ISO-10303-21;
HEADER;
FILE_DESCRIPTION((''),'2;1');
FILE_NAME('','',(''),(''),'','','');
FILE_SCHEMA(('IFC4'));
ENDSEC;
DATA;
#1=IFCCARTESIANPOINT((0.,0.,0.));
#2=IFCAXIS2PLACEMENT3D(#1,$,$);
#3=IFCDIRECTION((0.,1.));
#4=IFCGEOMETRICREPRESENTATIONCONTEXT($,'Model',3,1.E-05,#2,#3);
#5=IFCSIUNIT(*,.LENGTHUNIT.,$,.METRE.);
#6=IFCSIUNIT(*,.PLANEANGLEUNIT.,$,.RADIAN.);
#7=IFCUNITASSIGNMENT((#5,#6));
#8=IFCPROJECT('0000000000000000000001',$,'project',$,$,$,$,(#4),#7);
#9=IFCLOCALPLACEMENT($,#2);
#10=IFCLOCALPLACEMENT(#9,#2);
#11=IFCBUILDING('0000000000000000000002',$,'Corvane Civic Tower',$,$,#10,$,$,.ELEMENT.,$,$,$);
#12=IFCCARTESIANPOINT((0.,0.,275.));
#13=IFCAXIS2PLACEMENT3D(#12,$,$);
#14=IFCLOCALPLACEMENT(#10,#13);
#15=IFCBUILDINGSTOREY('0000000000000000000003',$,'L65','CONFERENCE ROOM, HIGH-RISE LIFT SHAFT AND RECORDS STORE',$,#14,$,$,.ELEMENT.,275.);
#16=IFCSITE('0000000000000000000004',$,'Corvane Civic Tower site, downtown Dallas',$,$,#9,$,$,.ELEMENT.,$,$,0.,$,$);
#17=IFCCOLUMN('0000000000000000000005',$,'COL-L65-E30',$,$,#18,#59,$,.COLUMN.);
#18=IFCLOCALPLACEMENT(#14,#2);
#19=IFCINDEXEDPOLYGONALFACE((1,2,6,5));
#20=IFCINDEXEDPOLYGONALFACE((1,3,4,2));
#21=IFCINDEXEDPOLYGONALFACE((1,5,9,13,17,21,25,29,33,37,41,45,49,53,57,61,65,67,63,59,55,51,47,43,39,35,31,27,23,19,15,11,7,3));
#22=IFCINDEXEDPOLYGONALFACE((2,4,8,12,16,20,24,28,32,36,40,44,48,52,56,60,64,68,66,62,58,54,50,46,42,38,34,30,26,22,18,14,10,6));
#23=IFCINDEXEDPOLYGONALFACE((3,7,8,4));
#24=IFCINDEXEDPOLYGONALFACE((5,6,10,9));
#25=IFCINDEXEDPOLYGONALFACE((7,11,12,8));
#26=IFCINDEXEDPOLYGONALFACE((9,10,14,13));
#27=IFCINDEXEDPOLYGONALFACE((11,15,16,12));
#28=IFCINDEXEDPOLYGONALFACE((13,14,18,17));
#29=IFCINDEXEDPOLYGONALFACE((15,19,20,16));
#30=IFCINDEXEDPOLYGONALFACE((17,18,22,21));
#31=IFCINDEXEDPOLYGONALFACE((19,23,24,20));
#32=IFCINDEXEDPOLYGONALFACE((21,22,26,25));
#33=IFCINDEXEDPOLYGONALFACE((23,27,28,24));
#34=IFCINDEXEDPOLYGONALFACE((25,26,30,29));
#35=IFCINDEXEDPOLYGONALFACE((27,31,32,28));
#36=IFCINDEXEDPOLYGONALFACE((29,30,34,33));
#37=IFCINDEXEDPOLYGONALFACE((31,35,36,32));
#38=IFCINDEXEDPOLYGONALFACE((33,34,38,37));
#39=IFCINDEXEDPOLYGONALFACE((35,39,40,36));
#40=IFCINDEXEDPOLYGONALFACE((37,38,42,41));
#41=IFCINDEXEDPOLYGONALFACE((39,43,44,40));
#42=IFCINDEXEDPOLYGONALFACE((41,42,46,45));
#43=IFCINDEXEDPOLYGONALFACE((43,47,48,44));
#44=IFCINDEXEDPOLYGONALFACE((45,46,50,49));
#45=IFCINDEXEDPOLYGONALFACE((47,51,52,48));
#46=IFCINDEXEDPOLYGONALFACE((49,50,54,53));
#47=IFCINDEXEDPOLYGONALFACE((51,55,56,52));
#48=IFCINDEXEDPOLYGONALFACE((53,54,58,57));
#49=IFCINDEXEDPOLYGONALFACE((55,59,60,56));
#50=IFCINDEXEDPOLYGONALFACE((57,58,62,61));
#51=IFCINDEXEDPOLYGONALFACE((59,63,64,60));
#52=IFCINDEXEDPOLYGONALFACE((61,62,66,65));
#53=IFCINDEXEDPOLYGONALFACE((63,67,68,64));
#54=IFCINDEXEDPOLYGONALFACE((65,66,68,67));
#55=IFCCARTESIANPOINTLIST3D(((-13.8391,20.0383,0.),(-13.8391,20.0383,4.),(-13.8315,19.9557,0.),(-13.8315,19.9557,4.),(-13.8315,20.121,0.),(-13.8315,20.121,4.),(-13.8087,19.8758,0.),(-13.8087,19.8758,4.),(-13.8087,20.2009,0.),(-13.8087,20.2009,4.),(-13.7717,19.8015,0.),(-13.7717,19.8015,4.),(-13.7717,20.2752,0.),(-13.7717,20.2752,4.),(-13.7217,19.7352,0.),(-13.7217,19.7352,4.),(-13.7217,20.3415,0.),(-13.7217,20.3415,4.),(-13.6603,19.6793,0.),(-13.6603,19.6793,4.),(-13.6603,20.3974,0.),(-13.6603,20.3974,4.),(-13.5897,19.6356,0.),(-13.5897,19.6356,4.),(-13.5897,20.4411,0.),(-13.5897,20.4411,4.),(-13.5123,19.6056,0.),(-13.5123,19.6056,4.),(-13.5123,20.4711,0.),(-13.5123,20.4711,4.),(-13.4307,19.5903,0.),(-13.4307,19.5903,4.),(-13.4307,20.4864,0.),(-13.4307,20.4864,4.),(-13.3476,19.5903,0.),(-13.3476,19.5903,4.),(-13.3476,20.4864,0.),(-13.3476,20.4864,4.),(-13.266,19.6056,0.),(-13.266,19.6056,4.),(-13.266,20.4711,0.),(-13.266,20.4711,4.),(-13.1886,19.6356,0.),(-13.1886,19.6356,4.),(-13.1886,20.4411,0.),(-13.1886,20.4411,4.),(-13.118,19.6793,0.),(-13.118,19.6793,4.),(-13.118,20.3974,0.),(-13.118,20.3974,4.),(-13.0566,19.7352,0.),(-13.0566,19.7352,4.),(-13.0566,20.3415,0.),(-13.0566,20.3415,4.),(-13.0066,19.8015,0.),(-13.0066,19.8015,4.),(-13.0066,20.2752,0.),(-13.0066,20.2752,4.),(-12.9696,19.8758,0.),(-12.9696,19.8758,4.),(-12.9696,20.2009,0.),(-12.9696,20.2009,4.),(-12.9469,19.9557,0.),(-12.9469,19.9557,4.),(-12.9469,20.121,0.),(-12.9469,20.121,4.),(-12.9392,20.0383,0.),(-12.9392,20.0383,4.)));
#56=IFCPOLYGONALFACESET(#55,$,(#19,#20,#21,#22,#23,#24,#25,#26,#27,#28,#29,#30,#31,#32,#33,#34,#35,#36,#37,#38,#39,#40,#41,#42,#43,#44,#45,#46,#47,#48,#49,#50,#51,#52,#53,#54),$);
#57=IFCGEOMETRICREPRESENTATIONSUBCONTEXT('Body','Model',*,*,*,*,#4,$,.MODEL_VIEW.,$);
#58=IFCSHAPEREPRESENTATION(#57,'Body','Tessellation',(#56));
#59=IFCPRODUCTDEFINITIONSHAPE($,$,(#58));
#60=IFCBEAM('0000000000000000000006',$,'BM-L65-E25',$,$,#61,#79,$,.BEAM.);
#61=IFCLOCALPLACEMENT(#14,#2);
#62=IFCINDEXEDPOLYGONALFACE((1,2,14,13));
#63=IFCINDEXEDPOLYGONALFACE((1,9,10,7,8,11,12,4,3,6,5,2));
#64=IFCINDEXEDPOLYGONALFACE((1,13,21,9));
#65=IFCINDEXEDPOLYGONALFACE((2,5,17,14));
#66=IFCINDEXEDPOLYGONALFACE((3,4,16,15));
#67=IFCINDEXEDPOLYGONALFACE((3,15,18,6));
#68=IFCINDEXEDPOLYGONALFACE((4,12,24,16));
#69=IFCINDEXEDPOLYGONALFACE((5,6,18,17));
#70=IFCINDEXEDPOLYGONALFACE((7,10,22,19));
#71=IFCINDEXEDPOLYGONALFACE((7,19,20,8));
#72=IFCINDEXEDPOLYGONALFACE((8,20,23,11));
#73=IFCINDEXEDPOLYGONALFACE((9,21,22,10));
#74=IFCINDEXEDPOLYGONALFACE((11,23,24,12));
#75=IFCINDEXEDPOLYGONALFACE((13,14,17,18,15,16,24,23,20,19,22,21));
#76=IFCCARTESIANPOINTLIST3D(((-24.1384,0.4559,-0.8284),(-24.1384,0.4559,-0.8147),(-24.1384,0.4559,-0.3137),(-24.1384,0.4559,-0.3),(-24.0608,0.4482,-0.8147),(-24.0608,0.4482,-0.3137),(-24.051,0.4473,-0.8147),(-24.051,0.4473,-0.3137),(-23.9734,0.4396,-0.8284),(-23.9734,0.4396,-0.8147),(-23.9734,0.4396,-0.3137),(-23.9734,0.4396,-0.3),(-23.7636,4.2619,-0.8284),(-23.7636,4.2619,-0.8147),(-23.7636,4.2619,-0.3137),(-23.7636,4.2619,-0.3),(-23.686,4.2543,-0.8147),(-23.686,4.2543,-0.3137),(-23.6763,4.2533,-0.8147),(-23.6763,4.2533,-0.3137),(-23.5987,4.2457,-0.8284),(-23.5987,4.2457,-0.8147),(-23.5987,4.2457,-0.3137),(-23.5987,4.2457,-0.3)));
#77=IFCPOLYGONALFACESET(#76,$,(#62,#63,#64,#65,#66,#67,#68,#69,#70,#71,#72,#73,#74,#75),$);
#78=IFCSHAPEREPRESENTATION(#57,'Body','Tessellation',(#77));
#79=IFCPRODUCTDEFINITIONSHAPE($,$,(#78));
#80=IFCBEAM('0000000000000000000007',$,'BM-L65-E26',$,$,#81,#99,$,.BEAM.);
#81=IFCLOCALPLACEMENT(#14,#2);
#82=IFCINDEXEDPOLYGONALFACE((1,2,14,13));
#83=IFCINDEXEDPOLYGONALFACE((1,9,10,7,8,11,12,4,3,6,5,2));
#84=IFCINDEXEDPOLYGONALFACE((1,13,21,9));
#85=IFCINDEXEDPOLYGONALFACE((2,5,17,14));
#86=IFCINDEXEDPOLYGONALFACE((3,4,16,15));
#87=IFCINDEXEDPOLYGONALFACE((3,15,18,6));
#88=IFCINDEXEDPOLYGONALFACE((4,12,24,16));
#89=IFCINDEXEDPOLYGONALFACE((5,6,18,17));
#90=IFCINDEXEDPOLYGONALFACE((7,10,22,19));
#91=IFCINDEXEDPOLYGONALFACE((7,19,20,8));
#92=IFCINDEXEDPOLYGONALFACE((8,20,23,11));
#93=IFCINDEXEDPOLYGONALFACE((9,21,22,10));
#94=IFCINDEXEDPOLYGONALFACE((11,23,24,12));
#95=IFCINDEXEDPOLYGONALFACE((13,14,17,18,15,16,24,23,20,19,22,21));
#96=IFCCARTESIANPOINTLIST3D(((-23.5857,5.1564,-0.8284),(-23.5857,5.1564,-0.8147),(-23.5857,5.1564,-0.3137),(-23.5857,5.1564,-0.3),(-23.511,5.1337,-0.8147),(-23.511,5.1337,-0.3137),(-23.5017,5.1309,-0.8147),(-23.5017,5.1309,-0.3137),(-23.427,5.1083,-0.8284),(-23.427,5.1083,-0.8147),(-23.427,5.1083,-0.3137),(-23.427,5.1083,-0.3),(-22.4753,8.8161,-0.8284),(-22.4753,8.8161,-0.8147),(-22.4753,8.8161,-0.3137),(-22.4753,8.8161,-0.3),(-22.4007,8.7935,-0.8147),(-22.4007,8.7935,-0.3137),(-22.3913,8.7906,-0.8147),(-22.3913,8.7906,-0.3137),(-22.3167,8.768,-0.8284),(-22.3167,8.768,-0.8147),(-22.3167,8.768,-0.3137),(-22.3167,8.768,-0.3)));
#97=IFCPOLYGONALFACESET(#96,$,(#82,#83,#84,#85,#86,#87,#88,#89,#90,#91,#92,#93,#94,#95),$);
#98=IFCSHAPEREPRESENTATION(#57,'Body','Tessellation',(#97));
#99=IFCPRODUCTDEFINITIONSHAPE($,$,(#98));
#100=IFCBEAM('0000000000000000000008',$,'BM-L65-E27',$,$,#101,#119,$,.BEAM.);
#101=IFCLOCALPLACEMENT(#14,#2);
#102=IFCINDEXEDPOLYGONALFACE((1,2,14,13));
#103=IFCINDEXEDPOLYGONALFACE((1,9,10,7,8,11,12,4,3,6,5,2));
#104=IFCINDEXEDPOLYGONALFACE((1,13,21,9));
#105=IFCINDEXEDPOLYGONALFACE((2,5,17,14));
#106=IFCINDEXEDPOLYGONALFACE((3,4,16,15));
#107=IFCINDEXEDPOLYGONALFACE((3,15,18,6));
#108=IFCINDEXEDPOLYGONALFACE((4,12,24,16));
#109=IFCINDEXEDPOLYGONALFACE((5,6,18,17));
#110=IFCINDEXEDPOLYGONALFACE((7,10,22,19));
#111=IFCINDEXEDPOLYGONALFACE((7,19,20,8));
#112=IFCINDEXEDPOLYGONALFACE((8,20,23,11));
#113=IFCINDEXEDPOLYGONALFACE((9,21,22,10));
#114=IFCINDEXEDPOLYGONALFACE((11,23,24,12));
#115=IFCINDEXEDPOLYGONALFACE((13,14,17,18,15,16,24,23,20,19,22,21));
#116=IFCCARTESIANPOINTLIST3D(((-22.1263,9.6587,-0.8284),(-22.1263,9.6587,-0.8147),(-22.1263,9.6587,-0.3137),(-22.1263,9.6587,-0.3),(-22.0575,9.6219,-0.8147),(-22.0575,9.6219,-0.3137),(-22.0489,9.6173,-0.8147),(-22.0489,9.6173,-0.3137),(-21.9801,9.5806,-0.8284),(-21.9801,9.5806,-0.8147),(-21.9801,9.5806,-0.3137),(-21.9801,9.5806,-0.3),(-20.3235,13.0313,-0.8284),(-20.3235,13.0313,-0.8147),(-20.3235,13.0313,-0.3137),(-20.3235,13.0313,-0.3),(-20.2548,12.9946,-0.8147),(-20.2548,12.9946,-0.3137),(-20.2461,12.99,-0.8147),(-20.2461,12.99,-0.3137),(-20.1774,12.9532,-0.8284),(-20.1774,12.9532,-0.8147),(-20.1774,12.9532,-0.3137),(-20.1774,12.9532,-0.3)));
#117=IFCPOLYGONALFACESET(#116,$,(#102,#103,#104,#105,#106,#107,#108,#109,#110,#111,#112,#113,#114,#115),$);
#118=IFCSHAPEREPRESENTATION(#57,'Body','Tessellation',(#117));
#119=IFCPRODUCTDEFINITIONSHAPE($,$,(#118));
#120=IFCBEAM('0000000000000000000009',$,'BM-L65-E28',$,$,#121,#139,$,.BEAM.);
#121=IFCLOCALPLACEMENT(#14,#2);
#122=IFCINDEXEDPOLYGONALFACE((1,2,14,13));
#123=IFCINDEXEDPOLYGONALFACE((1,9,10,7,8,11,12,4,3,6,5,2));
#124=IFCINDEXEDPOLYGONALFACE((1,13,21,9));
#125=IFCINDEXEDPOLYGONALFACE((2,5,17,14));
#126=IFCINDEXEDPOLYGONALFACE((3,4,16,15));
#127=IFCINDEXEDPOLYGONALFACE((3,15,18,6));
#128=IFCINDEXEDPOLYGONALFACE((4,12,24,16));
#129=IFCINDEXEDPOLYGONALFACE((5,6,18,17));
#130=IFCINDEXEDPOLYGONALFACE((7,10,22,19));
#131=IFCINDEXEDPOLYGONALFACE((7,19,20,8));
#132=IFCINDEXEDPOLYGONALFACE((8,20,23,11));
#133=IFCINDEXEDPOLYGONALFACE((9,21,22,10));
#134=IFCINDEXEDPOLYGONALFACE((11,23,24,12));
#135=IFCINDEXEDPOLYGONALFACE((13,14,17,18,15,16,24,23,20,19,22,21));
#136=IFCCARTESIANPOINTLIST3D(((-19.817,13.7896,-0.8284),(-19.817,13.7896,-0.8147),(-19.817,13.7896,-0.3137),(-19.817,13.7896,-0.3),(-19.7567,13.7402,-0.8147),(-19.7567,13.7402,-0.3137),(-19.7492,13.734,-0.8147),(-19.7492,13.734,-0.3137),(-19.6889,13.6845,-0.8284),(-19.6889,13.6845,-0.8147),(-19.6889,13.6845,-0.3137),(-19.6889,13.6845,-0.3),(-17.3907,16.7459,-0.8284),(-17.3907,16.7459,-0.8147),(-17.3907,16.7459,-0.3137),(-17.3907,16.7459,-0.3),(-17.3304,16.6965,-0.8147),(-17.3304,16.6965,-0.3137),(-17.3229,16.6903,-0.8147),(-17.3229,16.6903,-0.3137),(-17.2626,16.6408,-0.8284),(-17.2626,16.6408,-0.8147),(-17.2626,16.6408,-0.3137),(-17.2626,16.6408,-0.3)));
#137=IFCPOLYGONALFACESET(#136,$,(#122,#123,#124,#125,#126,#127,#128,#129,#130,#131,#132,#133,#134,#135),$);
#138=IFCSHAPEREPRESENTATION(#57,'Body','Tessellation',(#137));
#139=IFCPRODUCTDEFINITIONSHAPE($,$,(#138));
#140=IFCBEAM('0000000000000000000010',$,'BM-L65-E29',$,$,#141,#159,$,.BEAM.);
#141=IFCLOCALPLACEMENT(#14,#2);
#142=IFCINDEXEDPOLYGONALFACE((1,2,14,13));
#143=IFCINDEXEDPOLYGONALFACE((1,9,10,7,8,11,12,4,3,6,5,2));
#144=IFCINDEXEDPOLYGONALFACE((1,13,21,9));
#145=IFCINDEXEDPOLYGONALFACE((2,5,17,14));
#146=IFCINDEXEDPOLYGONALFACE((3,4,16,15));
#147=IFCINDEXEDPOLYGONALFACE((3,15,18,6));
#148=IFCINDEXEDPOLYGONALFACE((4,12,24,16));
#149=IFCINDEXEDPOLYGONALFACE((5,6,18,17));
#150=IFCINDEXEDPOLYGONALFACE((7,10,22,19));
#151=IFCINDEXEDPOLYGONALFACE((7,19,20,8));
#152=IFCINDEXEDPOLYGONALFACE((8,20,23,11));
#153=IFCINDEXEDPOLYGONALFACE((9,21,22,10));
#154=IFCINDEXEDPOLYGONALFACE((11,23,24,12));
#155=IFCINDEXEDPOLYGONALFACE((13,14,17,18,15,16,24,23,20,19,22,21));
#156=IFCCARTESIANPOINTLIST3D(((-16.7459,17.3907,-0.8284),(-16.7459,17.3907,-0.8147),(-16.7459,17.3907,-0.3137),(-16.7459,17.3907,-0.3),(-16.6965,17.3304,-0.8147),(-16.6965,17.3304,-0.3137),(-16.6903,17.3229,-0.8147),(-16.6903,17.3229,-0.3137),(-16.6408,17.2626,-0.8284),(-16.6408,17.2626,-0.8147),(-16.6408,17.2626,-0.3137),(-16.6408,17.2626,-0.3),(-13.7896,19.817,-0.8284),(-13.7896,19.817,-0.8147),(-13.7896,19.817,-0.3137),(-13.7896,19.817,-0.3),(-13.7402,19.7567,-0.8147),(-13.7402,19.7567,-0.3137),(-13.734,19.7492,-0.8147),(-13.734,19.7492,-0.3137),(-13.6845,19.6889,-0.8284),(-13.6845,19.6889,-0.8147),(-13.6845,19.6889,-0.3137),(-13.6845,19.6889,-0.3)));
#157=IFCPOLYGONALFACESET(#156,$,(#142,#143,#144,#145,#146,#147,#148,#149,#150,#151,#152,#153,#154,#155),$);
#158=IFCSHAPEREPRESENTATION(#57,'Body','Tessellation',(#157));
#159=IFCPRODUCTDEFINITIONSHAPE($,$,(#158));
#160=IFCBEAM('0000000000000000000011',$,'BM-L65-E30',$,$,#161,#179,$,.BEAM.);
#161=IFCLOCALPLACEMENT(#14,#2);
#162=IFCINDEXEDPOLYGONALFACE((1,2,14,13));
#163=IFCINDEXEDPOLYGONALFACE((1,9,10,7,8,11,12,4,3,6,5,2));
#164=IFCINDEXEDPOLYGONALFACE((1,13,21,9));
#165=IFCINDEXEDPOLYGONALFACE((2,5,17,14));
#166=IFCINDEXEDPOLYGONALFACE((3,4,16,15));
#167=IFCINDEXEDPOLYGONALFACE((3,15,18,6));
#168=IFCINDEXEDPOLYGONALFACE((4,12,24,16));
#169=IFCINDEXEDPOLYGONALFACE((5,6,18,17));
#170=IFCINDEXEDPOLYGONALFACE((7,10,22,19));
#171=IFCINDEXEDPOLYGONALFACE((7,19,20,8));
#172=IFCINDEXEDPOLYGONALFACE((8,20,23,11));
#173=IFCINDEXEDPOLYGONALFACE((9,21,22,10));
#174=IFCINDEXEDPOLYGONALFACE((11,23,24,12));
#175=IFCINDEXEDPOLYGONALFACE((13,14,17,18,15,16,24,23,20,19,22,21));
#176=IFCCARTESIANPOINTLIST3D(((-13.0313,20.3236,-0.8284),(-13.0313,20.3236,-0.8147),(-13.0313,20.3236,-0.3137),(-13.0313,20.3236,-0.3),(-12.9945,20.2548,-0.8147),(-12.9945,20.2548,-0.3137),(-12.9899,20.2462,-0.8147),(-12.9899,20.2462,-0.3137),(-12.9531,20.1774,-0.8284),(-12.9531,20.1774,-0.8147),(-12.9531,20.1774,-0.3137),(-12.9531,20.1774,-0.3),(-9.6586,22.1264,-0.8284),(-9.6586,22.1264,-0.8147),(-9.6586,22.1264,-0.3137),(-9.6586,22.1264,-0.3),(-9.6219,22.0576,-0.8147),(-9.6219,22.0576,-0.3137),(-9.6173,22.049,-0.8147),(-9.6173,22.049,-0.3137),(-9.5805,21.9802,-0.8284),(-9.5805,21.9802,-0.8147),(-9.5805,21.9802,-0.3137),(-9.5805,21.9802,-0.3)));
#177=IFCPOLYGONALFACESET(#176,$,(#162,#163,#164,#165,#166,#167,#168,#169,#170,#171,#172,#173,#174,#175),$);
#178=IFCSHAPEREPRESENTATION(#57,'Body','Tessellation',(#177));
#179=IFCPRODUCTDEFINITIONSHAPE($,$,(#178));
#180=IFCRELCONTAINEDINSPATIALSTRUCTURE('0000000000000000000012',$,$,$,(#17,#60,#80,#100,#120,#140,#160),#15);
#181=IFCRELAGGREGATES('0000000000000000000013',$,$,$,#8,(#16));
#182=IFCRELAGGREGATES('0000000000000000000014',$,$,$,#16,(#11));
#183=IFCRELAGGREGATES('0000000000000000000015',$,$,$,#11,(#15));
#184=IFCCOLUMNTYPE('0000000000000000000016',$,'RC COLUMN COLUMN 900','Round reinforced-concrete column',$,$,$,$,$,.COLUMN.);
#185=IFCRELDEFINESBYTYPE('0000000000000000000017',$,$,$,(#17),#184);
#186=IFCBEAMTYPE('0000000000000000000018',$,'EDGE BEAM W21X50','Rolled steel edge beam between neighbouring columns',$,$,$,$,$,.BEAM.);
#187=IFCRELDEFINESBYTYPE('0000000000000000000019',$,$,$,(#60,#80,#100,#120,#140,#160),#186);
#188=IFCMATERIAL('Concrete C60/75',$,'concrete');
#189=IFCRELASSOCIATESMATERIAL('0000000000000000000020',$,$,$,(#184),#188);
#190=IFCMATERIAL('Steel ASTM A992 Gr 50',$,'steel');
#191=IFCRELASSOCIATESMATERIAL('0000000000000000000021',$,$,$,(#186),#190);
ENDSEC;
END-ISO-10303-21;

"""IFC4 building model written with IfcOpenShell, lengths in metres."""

from ifc_helpers import new_model, si_unit, direction, frame, origin, origin_2d, place, context, subcontext, project, spatial, circle, i_section, extrude, material, material_profile, profile_set, type_object, element, save


model = new_model("IFC4")

# Units and contexts
model_context = context("Model", 3, precision=1e-05, world=origin(), true_north=direction((0.0, 1.0)))
body_context = subcontext(model_context, "Body", "Model", "MODEL_VIEW")
ifc_project = project(units=[si_unit("LENGTHUNIT", "METRE"), si_unit("PLANEANGLEUNIT", "RADIAN")], contexts=[model_context])

# Site, building, storey
site_placement = place(None, origin())
site = spatial("IfcSite", under=ifc_project, at=site_placement, Name="Corvane Civic Tower site, downtown Dallas", CompositionType="ELEMENT", RefElevation=0.0)
building_placement = place(site_placement, origin())
building = spatial("IfcBuilding", under=site, at=building_placement, Name="Corvane Civic Tower", CompositionType="ELEMENT")
storey_placement = place(building_placement, frame((0.0, 0.0, 275.0)))
storey = spatial("IfcBuildingStorey", under=building, at=storey_placement, Name="L65", Description="CONFERENCE ROOM, HIGH-RISE LIFT SHAFT AND RECORDS STORE", CompositionType="ELEMENT", Elevation=275.0)

# Column
ifc_material_1 = material(Name="Concrete C60/75", Category="concrete")
ifc_material_profile_1 = material_profile(ifc_material_1, circle(Radius=0.45, at=origin_2d()), Name="COLUMN 900")
ifc_profile_set_1 = profile_set([ifc_material_profile_1], Name="Concrete C60/75")
column_type = type_object("IfcColumnType", Name="RC COLUMN COLUMN 900", Description="Round reinforced-concrete column", PredefinedType="COLUMN", material=ifc_profile_set_1)
for number, where, z_axis, x_axis, name in (
    (1, (-13.3892, 20.0383, 0.0), (0.0, 0.0, 1.0), (1.0, 0.0, 0.0), "COL-L65-E30"),
):
    element("IfcColumn", number, at=place(storey_placement, frame(where, z_axis=z_axis, x_axis=x_axis)), inside=storey, type_object=column_type, Name=name, PredefinedType="COLUMN", context=body_context, shape_type="SweptSolid", body=[
        extrude(circle(Radius=0.45, at=origin_2d()), origin(), (0.0, 0.0, 1.0), 4.0),
    ])

# Beams
ifc_material_2 = material(Name="Steel ASTM A992 Gr 50", Category="steel")
ifc_material_profile_2 = material_profile(ifc_material_2, i_section(OverallWidth=0.1658, OverallDepth=0.5283, WebThickness=0.0098, FlangeThickness=0.0137, at=origin_2d()), Name="W21X50")
ifc_profile_set_2 = profile_set([ifc_material_profile_2], Name="Steel ASTM A992 Gr 50")
beam_type_1 = type_object("IfcBeamType", Name="EDGE BEAM W21X50", Description="Rolled steel edge beam between neighbouring columns", PredefinedType="BEAM", material=ifc_profile_set_2)
for number, where, z_axis, x_axis, name in (
    (2, (-24.0559, 0.4478, -0.5642), (0.097987, 0.995188, 0.0), (-0.995188, 0.097987, 0.0), "BM-L65-E25"),
    (3, (-23.5063, 5.1323, -0.5642), (0.290333, 0.956926, 0.0), (-0.956926, 0.290333, 0.0), "BM-L65-E26"),
):
    element("IfcBeam", number, at=place(storey_placement, frame(where, z_axis=z_axis, x_axis=x_axis)), inside=storey, type_object=beam_type_1, Name=name, PredefinedType="BEAM", context=body_context, shape_type="SweptSolid", body=[
        extrude(i_section(OverallWidth=0.1658, OverallDepth=0.5283, WebThickness=0.0098, FlangeThickness=0.0137, at=origin_2d()), origin(), (0.0, 0.0, 1.0), 3.8245),
    ])
beam_1_placement = place(storey_placement, frame((-22.0532, 9.6196, -0.5642), z_axis=(0.47141, 0.881914, 0.0), x_axis=(-0.881914, 0.47141, 0.0)))
element("IfcBeam", 4, at=beam_1_placement, inside=storey, type_object=beam_type_1, Name="BM-L65-E27", PredefinedType="BEAM", context=body_context, shape_type="SweptSolid", body=[
    extrude(i_section(OverallWidth=0.1658, OverallDepth=0.5283, WebThickness=0.0098, FlangeThickness=0.0137, at=origin_2d()), origin(), (0.0, 0.0, 1.0), 3.8242),
])
for number, where, z_axis, x_axis, name in (
    (5, (-19.7529, 13.7371, -0.5642), (0.634409, 0.772998, 0.0), (-0.772998, 0.634409, 0.0), "BM-L65-E28"),
    (6, (-16.6934, 17.3267, -0.5642), (0.772998, 0.634409, 0.0), (-0.634409, 0.772998, 0.0), "BM-L65-E29"),
):
    element("IfcBeam", number, at=place(storey_placement, frame(where, z_axis=z_axis, x_axis=x_axis)), inside=storey, type_object=beam_type_1, Name=name, PredefinedType="BEAM", context=body_context, shape_type="SweptSolid", body=[
        extrude(i_section(OverallWidth=0.1658, OverallDepth=0.5283, WebThickness=0.0098, FlangeThickness=0.0137, at=origin_2d()), origin(), (0.0, 0.0, 1.0), 3.8245),
    ])
beam_2_placement = place(storey_placement, frame((-12.9922, 20.2505, -0.5642), z_axis=(0.881914, 0.47141, 0.0), x_axis=(-0.47141, 0.881914, 0.0)))
element("IfcBeam", 7, at=beam_2_placement, inside=storey, type_object=beam_type_1, Name="BM-L65-E30", PredefinedType="BEAM", context=body_context, shape_type="SweptSolid", body=[
    extrude(i_section(OverallWidth=0.1658, OverallDepth=0.5283, WebThickness=0.0098, FlangeThickness=0.0137, at=origin_2d()), origin(), (0.0, 0.0, 1.0), 3.8242),
])

save(model, "model.ifc")
